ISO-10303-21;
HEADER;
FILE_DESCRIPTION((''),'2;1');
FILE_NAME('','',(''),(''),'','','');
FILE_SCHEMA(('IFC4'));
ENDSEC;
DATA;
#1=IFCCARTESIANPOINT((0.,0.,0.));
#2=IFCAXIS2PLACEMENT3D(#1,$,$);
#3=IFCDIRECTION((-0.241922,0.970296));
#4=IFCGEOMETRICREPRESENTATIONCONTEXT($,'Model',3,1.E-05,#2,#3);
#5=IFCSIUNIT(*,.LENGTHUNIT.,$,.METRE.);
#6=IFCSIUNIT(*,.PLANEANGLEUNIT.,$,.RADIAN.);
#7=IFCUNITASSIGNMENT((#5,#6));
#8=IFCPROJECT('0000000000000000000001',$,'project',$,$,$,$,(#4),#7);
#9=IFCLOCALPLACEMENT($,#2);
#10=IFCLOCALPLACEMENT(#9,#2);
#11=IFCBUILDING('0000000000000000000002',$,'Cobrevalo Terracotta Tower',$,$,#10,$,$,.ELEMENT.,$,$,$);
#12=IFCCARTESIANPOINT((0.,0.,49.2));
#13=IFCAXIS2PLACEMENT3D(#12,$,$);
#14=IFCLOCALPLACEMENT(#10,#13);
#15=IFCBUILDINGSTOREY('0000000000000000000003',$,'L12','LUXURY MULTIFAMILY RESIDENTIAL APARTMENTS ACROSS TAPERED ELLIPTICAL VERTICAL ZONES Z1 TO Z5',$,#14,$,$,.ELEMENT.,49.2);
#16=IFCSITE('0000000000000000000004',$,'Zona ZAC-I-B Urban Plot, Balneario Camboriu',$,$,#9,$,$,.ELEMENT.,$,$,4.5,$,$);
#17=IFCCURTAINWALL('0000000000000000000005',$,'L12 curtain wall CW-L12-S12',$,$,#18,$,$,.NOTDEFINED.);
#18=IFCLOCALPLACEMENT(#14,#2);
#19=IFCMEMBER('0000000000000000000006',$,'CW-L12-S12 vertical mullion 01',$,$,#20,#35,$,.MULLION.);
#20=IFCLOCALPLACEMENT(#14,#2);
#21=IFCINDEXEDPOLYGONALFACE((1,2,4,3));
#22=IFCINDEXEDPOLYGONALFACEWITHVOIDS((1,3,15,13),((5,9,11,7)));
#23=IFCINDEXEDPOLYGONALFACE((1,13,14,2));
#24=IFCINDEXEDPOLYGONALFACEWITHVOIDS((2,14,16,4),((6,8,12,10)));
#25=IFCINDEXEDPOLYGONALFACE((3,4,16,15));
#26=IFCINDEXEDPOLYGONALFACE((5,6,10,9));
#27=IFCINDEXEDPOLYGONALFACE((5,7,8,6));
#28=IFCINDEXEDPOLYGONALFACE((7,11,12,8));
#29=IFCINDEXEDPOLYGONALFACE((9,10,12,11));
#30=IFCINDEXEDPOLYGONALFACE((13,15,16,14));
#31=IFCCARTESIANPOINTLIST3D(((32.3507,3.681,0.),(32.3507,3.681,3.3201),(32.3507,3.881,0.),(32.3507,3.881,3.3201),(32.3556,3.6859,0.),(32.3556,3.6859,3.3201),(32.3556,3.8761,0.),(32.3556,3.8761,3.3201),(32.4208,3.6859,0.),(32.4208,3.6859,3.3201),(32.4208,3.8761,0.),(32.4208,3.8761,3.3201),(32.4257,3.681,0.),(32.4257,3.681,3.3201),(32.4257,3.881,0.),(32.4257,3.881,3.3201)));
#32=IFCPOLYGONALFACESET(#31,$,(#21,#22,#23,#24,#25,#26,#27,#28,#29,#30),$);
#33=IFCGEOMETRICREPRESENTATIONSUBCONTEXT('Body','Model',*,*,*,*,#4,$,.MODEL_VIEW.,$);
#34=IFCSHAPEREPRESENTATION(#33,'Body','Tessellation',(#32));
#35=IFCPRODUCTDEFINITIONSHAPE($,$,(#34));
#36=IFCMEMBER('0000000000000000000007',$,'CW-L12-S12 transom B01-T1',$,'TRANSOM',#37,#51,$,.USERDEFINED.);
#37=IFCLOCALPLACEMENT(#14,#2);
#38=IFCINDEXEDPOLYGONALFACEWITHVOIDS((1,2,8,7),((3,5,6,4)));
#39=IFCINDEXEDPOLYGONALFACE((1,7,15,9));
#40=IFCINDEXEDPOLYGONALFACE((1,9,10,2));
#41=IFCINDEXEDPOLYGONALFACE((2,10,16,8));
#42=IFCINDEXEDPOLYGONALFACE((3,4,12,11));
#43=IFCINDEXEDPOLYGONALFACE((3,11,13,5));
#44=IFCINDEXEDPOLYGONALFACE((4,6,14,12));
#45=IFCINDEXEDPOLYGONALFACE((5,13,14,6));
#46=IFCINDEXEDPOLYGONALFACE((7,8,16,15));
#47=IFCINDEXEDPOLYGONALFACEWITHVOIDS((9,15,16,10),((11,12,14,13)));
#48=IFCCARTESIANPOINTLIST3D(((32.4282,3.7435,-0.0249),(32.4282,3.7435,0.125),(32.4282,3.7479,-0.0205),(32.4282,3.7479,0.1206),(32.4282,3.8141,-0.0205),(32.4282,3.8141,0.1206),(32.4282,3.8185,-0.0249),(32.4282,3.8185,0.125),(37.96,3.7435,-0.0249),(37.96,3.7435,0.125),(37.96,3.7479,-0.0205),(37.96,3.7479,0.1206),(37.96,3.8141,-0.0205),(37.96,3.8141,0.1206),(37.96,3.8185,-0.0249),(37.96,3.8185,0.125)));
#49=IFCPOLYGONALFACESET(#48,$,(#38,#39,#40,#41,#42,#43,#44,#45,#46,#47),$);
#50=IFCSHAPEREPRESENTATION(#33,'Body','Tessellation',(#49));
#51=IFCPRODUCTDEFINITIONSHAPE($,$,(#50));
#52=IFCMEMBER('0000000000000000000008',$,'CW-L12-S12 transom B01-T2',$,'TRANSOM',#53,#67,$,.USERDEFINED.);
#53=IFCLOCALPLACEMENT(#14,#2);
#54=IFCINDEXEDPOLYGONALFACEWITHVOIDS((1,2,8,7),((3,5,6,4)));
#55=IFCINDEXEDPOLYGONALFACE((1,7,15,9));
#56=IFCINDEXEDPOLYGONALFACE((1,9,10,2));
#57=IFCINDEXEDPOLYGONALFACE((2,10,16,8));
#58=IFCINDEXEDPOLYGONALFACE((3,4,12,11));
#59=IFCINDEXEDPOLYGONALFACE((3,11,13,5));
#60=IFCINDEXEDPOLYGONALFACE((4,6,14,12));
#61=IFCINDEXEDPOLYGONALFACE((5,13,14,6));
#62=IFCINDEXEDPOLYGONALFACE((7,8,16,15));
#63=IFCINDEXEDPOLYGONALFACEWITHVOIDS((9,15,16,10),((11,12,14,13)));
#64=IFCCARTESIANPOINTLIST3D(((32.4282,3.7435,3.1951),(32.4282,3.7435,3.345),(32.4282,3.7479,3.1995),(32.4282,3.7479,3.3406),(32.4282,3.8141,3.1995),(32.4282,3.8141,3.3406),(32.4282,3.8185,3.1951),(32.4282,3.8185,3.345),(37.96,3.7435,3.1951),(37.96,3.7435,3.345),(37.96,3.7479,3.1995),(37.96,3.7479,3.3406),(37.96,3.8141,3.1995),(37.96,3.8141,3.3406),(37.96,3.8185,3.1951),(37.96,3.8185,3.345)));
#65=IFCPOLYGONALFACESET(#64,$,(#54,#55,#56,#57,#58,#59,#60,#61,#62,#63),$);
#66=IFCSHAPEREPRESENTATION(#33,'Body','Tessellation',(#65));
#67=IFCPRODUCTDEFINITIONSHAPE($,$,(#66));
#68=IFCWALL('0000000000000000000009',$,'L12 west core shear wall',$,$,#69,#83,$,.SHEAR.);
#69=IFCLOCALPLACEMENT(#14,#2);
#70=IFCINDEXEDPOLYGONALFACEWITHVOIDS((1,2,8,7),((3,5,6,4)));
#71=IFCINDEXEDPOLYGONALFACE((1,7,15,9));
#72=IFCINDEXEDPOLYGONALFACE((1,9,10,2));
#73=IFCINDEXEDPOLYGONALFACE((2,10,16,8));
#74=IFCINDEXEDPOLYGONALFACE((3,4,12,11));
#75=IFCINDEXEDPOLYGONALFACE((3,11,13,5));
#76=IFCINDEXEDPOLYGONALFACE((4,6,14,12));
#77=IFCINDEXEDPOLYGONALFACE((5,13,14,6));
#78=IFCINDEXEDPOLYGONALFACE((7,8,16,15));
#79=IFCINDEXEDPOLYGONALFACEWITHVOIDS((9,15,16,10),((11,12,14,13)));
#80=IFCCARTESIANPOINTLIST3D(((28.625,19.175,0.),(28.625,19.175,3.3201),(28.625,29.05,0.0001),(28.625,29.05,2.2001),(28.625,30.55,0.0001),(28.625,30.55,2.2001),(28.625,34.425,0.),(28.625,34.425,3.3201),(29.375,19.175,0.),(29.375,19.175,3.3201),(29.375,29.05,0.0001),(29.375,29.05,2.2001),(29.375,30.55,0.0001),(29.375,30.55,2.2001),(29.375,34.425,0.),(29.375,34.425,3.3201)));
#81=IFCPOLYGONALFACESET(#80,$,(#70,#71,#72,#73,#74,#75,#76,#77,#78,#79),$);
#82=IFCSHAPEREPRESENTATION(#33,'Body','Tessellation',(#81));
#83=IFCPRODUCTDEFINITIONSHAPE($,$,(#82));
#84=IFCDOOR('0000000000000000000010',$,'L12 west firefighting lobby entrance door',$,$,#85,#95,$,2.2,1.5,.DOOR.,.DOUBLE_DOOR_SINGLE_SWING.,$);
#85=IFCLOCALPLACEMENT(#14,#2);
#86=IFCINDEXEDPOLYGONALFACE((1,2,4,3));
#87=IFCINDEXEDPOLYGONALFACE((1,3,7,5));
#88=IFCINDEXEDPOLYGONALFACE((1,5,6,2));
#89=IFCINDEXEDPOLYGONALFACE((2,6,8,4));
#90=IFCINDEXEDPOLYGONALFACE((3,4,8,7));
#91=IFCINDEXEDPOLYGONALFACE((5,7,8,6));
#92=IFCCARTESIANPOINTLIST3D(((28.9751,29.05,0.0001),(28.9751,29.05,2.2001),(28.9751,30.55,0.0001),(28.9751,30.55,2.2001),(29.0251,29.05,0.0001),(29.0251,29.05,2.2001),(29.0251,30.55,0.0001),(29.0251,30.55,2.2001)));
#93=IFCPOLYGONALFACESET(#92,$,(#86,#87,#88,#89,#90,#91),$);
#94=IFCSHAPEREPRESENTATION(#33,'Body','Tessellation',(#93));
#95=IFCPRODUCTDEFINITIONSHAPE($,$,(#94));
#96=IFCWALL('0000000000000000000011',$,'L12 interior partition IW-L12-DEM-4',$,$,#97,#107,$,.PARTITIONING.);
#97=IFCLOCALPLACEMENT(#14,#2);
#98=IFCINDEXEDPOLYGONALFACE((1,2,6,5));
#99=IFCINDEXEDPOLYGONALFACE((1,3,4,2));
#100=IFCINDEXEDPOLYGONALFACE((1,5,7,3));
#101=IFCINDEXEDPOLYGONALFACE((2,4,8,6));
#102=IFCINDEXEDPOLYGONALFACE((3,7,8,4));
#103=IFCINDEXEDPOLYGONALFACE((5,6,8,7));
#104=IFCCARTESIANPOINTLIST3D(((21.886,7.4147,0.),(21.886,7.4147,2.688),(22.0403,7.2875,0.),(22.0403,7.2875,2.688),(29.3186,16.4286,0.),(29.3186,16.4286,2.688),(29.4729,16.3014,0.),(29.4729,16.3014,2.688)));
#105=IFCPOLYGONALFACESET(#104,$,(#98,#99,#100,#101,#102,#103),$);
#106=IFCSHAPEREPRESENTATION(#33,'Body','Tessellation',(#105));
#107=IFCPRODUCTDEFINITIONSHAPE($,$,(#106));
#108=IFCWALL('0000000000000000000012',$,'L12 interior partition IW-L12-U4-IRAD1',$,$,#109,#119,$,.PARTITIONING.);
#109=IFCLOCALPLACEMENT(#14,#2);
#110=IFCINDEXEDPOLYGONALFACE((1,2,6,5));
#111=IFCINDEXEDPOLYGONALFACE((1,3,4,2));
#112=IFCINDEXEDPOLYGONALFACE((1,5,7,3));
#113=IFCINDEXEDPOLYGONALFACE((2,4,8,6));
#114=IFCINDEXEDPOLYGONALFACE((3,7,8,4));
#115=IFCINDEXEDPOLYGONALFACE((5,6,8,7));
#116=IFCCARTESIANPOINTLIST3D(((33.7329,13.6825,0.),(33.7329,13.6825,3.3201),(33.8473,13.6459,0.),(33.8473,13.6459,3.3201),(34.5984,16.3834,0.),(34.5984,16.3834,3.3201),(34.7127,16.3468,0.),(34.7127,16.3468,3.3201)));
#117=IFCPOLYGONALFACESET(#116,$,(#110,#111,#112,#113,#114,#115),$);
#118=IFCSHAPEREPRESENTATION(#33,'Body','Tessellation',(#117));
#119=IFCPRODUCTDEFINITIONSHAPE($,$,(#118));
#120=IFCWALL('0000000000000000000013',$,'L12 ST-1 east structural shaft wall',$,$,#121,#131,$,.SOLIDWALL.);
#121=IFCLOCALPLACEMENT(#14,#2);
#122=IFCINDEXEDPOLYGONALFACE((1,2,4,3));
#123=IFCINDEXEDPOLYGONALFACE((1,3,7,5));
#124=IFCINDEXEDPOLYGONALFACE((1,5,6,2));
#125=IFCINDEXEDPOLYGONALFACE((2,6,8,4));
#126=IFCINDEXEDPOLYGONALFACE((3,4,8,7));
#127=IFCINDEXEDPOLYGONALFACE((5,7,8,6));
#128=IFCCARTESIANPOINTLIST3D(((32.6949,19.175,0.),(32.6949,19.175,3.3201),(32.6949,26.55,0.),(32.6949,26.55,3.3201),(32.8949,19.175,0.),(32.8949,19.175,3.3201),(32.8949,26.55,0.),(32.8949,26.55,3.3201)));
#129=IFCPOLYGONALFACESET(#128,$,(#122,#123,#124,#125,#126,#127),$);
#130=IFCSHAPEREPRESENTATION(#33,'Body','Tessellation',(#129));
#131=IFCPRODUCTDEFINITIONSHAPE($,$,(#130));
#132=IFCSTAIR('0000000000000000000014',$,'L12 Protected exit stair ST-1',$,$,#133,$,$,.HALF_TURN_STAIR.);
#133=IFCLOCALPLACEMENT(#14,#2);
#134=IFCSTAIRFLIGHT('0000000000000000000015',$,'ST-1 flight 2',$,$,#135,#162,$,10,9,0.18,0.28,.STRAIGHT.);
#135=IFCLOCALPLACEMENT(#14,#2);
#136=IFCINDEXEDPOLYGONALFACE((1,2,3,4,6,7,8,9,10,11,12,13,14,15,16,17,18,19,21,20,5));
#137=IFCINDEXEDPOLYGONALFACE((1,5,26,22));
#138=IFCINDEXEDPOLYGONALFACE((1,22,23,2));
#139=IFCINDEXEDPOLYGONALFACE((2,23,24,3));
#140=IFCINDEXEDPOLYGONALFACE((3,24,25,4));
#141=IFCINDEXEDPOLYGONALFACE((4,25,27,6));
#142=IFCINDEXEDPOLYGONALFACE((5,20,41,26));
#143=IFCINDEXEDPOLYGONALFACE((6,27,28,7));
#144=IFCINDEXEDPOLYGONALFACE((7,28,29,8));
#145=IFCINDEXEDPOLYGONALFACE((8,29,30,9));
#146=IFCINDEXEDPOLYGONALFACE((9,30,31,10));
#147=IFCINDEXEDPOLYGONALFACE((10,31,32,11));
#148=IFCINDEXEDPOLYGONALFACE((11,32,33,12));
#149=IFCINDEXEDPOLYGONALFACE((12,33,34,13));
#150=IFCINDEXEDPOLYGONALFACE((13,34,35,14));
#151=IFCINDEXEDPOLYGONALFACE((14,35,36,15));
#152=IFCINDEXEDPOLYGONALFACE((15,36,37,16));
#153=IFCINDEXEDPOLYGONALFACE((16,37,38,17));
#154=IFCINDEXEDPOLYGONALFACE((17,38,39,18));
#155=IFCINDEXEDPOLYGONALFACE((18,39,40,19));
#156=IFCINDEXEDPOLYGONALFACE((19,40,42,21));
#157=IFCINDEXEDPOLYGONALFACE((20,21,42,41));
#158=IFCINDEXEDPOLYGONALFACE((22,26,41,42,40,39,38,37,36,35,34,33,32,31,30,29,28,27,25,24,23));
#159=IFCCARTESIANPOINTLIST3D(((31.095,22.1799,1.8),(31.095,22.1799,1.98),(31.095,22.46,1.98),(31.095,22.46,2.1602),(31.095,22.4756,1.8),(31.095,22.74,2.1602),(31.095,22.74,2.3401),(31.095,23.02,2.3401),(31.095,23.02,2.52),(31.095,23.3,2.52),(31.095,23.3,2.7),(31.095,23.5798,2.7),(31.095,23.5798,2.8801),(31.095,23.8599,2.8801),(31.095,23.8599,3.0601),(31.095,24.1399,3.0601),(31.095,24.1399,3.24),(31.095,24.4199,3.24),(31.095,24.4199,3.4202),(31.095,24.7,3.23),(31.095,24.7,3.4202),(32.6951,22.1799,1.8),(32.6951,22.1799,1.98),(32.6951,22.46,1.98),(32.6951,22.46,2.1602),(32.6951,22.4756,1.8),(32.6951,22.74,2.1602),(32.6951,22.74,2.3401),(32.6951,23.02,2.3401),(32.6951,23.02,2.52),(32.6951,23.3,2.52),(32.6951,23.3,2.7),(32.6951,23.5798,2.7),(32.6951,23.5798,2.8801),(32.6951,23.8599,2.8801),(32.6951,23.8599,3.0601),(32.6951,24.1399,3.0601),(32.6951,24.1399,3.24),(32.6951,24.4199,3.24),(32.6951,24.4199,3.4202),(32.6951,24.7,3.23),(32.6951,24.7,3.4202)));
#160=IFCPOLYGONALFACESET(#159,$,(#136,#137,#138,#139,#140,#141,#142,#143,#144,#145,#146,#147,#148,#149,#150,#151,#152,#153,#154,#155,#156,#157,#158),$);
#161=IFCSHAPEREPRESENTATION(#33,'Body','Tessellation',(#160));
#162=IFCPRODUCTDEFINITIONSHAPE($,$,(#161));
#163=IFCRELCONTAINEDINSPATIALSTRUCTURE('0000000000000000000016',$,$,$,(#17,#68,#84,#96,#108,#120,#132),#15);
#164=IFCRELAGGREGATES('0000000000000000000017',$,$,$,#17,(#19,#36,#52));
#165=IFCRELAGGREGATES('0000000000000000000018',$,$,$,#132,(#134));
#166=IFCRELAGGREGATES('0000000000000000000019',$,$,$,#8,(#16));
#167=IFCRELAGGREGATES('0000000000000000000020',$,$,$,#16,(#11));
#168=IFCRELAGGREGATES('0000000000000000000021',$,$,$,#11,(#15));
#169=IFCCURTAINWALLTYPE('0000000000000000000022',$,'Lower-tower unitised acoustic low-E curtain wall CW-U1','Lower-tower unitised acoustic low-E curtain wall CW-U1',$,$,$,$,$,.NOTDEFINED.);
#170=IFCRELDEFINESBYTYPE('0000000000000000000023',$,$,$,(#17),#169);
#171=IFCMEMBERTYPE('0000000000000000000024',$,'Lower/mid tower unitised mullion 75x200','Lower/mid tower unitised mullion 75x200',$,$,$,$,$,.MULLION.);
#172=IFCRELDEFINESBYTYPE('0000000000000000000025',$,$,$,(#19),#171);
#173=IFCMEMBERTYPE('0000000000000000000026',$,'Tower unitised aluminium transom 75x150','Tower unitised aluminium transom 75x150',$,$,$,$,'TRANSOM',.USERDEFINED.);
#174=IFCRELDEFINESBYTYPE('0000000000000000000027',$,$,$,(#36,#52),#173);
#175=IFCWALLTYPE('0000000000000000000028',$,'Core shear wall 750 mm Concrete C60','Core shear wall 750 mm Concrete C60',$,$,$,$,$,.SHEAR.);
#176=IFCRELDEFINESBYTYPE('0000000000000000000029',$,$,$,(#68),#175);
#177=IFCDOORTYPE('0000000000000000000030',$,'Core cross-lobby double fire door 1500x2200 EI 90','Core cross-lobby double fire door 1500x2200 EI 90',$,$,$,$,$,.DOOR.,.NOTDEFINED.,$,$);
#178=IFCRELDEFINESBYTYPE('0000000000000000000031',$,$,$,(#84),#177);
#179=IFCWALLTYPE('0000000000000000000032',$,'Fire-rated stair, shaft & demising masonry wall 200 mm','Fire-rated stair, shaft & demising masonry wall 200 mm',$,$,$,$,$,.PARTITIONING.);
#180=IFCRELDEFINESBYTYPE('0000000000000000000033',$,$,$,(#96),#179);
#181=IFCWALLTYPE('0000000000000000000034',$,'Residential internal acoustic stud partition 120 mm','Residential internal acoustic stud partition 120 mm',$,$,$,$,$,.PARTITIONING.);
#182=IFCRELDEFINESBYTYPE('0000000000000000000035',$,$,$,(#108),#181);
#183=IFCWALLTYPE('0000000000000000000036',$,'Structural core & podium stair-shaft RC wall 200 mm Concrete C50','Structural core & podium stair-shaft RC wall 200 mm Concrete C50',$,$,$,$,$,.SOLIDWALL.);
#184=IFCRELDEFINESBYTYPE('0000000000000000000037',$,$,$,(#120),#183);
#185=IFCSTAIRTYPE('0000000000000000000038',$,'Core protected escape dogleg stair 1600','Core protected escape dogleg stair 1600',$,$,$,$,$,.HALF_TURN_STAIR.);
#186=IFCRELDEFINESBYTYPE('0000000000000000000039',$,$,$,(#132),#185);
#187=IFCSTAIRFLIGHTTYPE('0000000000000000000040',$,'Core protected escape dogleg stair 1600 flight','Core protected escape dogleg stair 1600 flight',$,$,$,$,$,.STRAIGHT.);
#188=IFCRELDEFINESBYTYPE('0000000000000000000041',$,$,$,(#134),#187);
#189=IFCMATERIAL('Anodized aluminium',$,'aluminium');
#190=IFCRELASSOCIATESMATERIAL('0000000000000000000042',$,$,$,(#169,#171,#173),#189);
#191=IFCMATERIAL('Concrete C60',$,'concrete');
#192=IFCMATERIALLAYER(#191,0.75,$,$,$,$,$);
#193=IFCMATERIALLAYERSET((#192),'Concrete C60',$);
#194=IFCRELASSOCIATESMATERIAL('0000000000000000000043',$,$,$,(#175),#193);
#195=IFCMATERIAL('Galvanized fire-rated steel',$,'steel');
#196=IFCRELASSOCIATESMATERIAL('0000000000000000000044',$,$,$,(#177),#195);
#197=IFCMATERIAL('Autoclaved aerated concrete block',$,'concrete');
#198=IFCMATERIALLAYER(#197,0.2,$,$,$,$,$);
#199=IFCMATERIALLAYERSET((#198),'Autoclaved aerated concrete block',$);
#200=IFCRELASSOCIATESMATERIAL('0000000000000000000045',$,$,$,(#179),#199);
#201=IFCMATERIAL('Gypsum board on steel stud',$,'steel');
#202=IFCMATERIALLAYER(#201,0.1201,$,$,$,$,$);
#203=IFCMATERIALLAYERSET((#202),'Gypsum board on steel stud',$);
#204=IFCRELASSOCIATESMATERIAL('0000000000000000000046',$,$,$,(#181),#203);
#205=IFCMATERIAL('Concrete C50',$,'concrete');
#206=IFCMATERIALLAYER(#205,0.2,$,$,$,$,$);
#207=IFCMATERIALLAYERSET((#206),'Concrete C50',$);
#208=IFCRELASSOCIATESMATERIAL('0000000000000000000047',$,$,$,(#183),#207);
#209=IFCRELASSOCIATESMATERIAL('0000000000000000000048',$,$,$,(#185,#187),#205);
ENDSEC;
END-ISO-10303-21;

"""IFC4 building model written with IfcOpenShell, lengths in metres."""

from ifc_helpers import new_model, si_unit, direction, frame, frame_2d, origin, origin_2d, place, context, subcontext, project, spatial, polyline, rectangle, hollow_rectangle, outline, extrude, source, transform, mapped, material, layer, layer_set, material_profile, profile_set, type_object, element, fill, aggregate, save


model = new_model("IFC4")

# Units and contexts
model_context = context("Model", 3, precision=1e-05, world=origin(), true_north=direction((-0.241922, 0.970296)))
body_context = subcontext(model_context, "Body", "Model", "MODEL_VIEW")
ifc_project = project(units=[si_unit("LENGTHUNIT", "METRE"), si_unit("PLANEANGLEUNIT", "RADIAN")], contexts=[model_context])

# Site, building, storey
site_placement = place(None, origin())
site = spatial("IfcSite", under=ifc_project, at=site_placement, Name="Zona ZAC-I-B Urban Plot, Balneario Camboriu", CompositionType="ELEMENT", RefElevation=4.5)
building_placement = place(site_placement, origin())
building = spatial("IfcBuilding", under=site, at=building_placement, Name="Cobrevalo Terracotta Tower", CompositionType="ELEMENT")
storey_placement = place(building_placement, frame((0.0, 0.0, 49.2)))
storey = spatial("IfcBuildingStorey", under=building, at=storey_placement, Name="L12", Description="LUXURY MULTIFAMILY RESIDENTIAL APARTMENTS ACROSS TAPERED ELLIPTICAL VERTICAL ZONES Z1 TO Z5", CompositionType="ELEMENT", Elevation=49.2)

# Curtain wall, members
ifc_material_1 = material(Name="Anodized aluminium", Category="aluminium")
curtain_wall_type = type_object("IfcCurtainWallType", Name="Lower-tower unitised acoustic low-E curtain wall CW-U1", Description="Lower-tower unitised acoustic low-E curtain wall CW-U1", PredefinedType="NOTDEFINED", material=ifc_material_1)
curtain_wall_placement = place(storey_placement, origin())
curtain_wall = element("IfcCurtainWall", 1, at=curtain_wall_placement, inside=storey, type_object=curtain_wall_type, Name="L12 curtain wall CW-L12-S12", PredefinedType="NOTDEFINED")
ifc_material_profile_1 = material_profile(ifc_material_1, hollow_rectangle(XDim=0.075, YDim=0.2, WallThickness=0.0049, at=origin_2d()), Name="CWM 75x200")
ifc_profile_set_1 = profile_set([ifc_material_profile_1], Name="Anodized aluminium")
member_type_1 = type_object("IfcMemberType", Name="Lower/mid tower unitised mullion 75x200", Description="Lower/mid tower unitised mullion 75x200", PredefinedType="MULLION", material=ifc_profile_set_1)
shared_shape_1 = source(origin(), body_context, "Body", "SweptSolid", [
    extrude(hollow_rectangle(XDim=0.075, YDim=0.2, WallThickness=0.0049, at=origin_2d()), origin(), (0.0, 0.0, 1.0), 3.3201),
])
member_1_placement = place(storey_placement, frame((32.3882, 3.781, 0.0), z_axis=(0.0, 0.0, 1.0), x_axis=(1.0, 0.0, 0.0)))
member_1 = element("IfcMember", 2, at=member_1_placement, type_object=member_type_1, Name="CW-L12-S12 vertical mullion 01", PredefinedType="MULLION", context=body_context, shape_type="MappedRepresentation", body=[
    mapped(shared_shape_1, transform((0.0, 0.0, 0.0), scale=1.0)),
])
ifc_material_profile_2 = material_profile(ifc_material_1, hollow_rectangle(XDim=0.075, YDim=0.1499, WallThickness=0.0044, at=origin_2d()), Name="CWT 75x150")
ifc_profile_set_2 = profile_set([ifc_material_profile_2], Name="Anodized aluminium")
member_type_2 = type_object("IfcMemberType", Name="Tower unitised aluminium transom 75x150", Description="Tower unitised aluminium transom 75x150", ElementType="TRANSOM", PredefinedType="USERDEFINED", material=ifc_profile_set_2)
shared_shape_2 = source(origin(), body_context, "Body", "SweptSolid", [
    extrude(hollow_rectangle(XDim=0.075, YDim=0.1499, WallThickness=0.0044, at=origin_2d()), origin(), (0.0, 0.0, 1.0), 5.5317),
])
member_2_placement = place(storey_placement, frame((32.4282, 3.781, 0.05), z_axis=(1.0, 0.0, 0.0), x_axis=(0.0, 1.0, 0.0)))
member_2 = element("IfcMember", 3, at=member_2_placement, type_object=member_type_2, Name="CW-L12-S12 transom B01-T1", ObjectType="TRANSOM", PredefinedType="USERDEFINED", context=body_context, shape_type="MappedRepresentation", body=[
    mapped(shared_shape_2, transform((0.0, 0.0, 0.0), scale=1.0)),
])
member_3_placement = place(storey_placement, frame((32.4282, 3.781, 3.27), z_axis=(1.0, 0.0, 0.0), x_axis=(0.0, 1.0, 0.0)))
member_3 = element("IfcMember", 4, at=member_3_placement, type_object=member_type_2, Name="CW-L12-S12 transom B01-T2", ObjectType="TRANSOM", PredefinedType="USERDEFINED", context=body_context, shape_type="MappedRepresentation", body=[
    mapped(shared_shape_2, transform((0.0, 0.0, 0.0), scale=1.0)),
])
aggregate(curtain_wall, [member_1, member_2, member_3])

# Wall, opening, door
ifc_material_2 = material(Name="Concrete C60", Category="concrete")
ifc_layer_1 = layer(ifc_material_2, 0.75)
ifc_layer_set_1 = layer_set([ifc_layer_1], Name="Concrete C60")
wall_type_1 = type_object("IfcWallType", Name="Core shear wall 750 mm Concrete C60", Description="Core shear wall 750 mm Concrete C60", PredefinedType="SHEAR", material=ifc_layer_set_1)
wall_1_placement = place(storey_placement, frame((29.0, 19.175, 0.0), z_axis=(0.0, 0.0, 1.0), x_axis=(0.0, 1.0, 0.0)))
wall_1 = element("IfcWall", 5, at=wall_1_placement, inside=storey, type_object=wall_type_1, Name="L12 west core shear wall", PredefinedType="SHEAR", context=body_context, shape_type="SweptSolid", body=[
    extrude(rectangle(XDim=15.25, YDim=0.75, at=frame_2d((7.625, 0.0))), origin(), (0.0, 0.0, 1.0), 3.3201),
])
opening_placement = place(wall_1_placement, frame((9.875, 0.0, 0.0)))
opening = element("IfcOpeningElement", 6, at=opening_placement, cuts=wall_1, PredefinedType="OPENING", context=body_context, shape_type="SweptSolid", body=[
    extrude(rectangle(XDim=1.5, YDim=2.2, at=frame_2d((0.75, 1.1001))), frame((0.0, 0.385, 0.0), z_axis=(0.0, -1.0, 0.0), x_axis=(1.0, 0.0, 0.0)), (0.0, 0.0, 1.0), 0.77),
])
ifc_material_3 = material(Name="Galvanized fire-rated steel", Category="steel")
door_type = type_object("IfcDoorType", Name="Core cross-lobby double fire door 1500x2200 EI 90", Description="Core cross-lobby double fire door 1500x2200 EI 90", OperationType="NOTDEFINED", PredefinedType="DOOR", material=ifc_material_3)
shared_shape_3 = source(origin(), body_context, "Body", "SweptSolid", [
    extrude(rectangle(XDim=1.5, YDim=2.2, at=frame_2d((0.75, 1.1001))), frame((0.0, 0.0249, 0.0), z_axis=(0.0, -1.0, 0.0), x_axis=(1.0, 0.0, 0.0)), (0.0, 0.0, 1.0), 0.05),
])
door_placement = place(opening_placement, origin())
door = element("IfcDoor", 7, at=door_placement, inside=storey, type_object=door_type, Name="L12 west firefighting lobby entrance door", OperationType="DOUBLE_DOOR_SINGLE_SWING", OverallHeight=2.2, OverallWidth=1.5, PredefinedType="DOOR", context=body_context, shape_type="MappedRepresentation", body=[
    mapped(shared_shape_3, transform((0.0, 0.0, 0.0), scale=1.0)),
])
fill(opening, door)

# Walls
ifc_material_4 = material(Name="Autoclaved aerated concrete block", Category="concrete")
ifc_layer_2 = layer(ifc_material_4, 0.2)
ifc_layer_set_2 = layer_set([ifc_layer_2], Name="Autoclaved aerated concrete block")
wall_type_2 = type_object("IfcWallType", Name="Fire-rated stair, shaft & demising masonry wall 200 mm", Description="Fire-rated stair, shaft & demising masonry wall 200 mm", PredefinedType="PARTITIONING", material=ifc_layer_set_2)
wall_2_placement = place(storey_placement, frame((29.3958, 16.365, 0.0), z_axis=(0.0, 0.0, 1.0), x_axis=(-0.636186, -0.771536, 0.0)))
element("IfcWall", 8, at=wall_2_placement, inside=storey, type_object=wall_type_2, Name="L12 interior partition IW-L12-DEM-4", PredefinedType="PARTITIONING", context=body_context, shape_type="SweptSolid", body=[
    extrude(rectangle(XDim=11.6831, YDim=0.2, at=frame_2d((5.8416, 0.0))), origin(), (0.0, 0.0, 1.0), 2.688),
])
ifc_material_5 = material(Name="Gypsum board on steel stud", Category="steel")
ifc_layer_3 = layer(ifc_material_5, 0.1201)
ifc_layer_set_3 = layer_set([ifc_layer_3], Name="Gypsum board on steel stud")
wall_type_3 = type_object("IfcWallType", Name="Residential internal acoustic stud partition 120 mm", Description="Residential internal acoustic stud partition 120 mm", PredefinedType="PARTITIONING", material=ifc_layer_set_3)
wall_3_placement = place(storey_placement, frame((34.6555, 16.365, 0.0), z_axis=(0.0, 0.0, 1.0), x_axis=(-0.305154, -0.952303, 0.0)))
element("IfcWall", 9, at=wall_3_placement, inside=storey, type_object=wall_type_3, Name="L12 interior partition IW-L12-U4-IRAD1", PredefinedType="PARTITIONING", context=body_context, shape_type="SweptSolid", body=[
    extrude(rectangle(XDim=2.8362, YDim=0.1201, at=frame_2d((1.418, 0.0))), origin(), (0.0, 0.0, 1.0), 3.3201),
])
ifc_material_6 = material(Name="Concrete C50", Category="concrete")
ifc_layer_4 = layer(ifc_material_6, 0.2)
ifc_layer_set_4 = layer_set([ifc_layer_4], Name="Concrete C50")
wall_type_4 = type_object("IfcWallType", Name="Structural core & podium stair-shaft RC wall 200 mm Concrete C50", Description="Structural core & podium stair-shaft RC wall 200 mm Concrete C50", PredefinedType="SOLIDWALL", material=ifc_layer_set_4)
wall_4_placement = place(storey_placement, frame((32.7949, 19.175, 0.0), z_axis=(0.0, 0.0, 1.0), x_axis=(0.0, 1.0, 0.0)))
element("IfcWall", 10, at=wall_4_placement, inside=storey, type_object=wall_type_4, Name="L12 ST-1 east structural shaft wall", PredefinedType="SOLIDWALL", context=body_context, shape_type="SweptSolid", body=[
    extrude(rectangle(XDim=7.375, YDim=0.2, at=frame_2d((3.6875, 0.0))), origin(), (0.0, 0.0, 1.0), 3.3201),
])

# Stair, stair flight
stair_type = type_object("IfcStairType", Name="Core protected escape dogleg stair 1600", Description="Core protected escape dogleg stair 1600", PredefinedType="HALF_TURN_STAIR", material=ifc_material_6)
stair_placement = place(storey_placement, origin())
stair = element("IfcStair", 11, at=stair_placement, inside=storey, type_object=stair_type, Name="L12 Protected exit stair ST-1", PredefinedType="HALF_TURN_STAIR")
stair_flight_type = type_object("IfcStairFlightType", Name="Core protected escape dogleg stair 1600 flight", Description="Core protected escape dogleg stair 1600 flight", PredefinedType="STRAIGHT", material=ifc_material_6)
stair_flight_placement = place(storey_placement, frame((31.895, 22.1799, 1.8), z_axis=(0.0, 0.0, 1.0), x_axis=(0.0, 1.0, 0.0)))
stair_flight = element("IfcStairFlight", 12, at=stair_flight_placement, type_object=stair_flight_type, Name="ST-1 flight 2", NumberOfRisers=10, NumberOfTreads=9, PredefinedType="STRAIGHT", RiserHeight=0.18, TreadLength=0.28, context=body_context, shape_type="SweptSolid", body=[
    extrude(outline(polyline([(0.0, 0.0), (0.0, 0.1799), (0.28, 0.1799), (0.28, 0.3601), (0.5601, 0.3601), (0.5601, 0.54), (0.8401, 0.54), (0.8401, 0.72), (1.1201, 0.72), (1.1201, 0.8999), (1.3999, 0.8999), (1.3999, 1.0801), (1.6799, 1.0801), (1.6799, 1.26), (1.96, 1.26), (1.96, 1.4399), (2.24, 1.4399), (2.24, 1.6201), (2.52, 1.6201), (2.52, 1.8), (2.52, 1.4299), (0.2957, 0.0), (0.0, 0.0)])), frame((0.0, 0.8, 0.0), z_axis=(0.0, -1.0, 0.0), x_axis=(1.0, 0.0, 0.0)), (0.0, 0.0, 1.0), 1.6001),
])
aggregate(stair, [stair_flight])

save(model, "model.ifc")
